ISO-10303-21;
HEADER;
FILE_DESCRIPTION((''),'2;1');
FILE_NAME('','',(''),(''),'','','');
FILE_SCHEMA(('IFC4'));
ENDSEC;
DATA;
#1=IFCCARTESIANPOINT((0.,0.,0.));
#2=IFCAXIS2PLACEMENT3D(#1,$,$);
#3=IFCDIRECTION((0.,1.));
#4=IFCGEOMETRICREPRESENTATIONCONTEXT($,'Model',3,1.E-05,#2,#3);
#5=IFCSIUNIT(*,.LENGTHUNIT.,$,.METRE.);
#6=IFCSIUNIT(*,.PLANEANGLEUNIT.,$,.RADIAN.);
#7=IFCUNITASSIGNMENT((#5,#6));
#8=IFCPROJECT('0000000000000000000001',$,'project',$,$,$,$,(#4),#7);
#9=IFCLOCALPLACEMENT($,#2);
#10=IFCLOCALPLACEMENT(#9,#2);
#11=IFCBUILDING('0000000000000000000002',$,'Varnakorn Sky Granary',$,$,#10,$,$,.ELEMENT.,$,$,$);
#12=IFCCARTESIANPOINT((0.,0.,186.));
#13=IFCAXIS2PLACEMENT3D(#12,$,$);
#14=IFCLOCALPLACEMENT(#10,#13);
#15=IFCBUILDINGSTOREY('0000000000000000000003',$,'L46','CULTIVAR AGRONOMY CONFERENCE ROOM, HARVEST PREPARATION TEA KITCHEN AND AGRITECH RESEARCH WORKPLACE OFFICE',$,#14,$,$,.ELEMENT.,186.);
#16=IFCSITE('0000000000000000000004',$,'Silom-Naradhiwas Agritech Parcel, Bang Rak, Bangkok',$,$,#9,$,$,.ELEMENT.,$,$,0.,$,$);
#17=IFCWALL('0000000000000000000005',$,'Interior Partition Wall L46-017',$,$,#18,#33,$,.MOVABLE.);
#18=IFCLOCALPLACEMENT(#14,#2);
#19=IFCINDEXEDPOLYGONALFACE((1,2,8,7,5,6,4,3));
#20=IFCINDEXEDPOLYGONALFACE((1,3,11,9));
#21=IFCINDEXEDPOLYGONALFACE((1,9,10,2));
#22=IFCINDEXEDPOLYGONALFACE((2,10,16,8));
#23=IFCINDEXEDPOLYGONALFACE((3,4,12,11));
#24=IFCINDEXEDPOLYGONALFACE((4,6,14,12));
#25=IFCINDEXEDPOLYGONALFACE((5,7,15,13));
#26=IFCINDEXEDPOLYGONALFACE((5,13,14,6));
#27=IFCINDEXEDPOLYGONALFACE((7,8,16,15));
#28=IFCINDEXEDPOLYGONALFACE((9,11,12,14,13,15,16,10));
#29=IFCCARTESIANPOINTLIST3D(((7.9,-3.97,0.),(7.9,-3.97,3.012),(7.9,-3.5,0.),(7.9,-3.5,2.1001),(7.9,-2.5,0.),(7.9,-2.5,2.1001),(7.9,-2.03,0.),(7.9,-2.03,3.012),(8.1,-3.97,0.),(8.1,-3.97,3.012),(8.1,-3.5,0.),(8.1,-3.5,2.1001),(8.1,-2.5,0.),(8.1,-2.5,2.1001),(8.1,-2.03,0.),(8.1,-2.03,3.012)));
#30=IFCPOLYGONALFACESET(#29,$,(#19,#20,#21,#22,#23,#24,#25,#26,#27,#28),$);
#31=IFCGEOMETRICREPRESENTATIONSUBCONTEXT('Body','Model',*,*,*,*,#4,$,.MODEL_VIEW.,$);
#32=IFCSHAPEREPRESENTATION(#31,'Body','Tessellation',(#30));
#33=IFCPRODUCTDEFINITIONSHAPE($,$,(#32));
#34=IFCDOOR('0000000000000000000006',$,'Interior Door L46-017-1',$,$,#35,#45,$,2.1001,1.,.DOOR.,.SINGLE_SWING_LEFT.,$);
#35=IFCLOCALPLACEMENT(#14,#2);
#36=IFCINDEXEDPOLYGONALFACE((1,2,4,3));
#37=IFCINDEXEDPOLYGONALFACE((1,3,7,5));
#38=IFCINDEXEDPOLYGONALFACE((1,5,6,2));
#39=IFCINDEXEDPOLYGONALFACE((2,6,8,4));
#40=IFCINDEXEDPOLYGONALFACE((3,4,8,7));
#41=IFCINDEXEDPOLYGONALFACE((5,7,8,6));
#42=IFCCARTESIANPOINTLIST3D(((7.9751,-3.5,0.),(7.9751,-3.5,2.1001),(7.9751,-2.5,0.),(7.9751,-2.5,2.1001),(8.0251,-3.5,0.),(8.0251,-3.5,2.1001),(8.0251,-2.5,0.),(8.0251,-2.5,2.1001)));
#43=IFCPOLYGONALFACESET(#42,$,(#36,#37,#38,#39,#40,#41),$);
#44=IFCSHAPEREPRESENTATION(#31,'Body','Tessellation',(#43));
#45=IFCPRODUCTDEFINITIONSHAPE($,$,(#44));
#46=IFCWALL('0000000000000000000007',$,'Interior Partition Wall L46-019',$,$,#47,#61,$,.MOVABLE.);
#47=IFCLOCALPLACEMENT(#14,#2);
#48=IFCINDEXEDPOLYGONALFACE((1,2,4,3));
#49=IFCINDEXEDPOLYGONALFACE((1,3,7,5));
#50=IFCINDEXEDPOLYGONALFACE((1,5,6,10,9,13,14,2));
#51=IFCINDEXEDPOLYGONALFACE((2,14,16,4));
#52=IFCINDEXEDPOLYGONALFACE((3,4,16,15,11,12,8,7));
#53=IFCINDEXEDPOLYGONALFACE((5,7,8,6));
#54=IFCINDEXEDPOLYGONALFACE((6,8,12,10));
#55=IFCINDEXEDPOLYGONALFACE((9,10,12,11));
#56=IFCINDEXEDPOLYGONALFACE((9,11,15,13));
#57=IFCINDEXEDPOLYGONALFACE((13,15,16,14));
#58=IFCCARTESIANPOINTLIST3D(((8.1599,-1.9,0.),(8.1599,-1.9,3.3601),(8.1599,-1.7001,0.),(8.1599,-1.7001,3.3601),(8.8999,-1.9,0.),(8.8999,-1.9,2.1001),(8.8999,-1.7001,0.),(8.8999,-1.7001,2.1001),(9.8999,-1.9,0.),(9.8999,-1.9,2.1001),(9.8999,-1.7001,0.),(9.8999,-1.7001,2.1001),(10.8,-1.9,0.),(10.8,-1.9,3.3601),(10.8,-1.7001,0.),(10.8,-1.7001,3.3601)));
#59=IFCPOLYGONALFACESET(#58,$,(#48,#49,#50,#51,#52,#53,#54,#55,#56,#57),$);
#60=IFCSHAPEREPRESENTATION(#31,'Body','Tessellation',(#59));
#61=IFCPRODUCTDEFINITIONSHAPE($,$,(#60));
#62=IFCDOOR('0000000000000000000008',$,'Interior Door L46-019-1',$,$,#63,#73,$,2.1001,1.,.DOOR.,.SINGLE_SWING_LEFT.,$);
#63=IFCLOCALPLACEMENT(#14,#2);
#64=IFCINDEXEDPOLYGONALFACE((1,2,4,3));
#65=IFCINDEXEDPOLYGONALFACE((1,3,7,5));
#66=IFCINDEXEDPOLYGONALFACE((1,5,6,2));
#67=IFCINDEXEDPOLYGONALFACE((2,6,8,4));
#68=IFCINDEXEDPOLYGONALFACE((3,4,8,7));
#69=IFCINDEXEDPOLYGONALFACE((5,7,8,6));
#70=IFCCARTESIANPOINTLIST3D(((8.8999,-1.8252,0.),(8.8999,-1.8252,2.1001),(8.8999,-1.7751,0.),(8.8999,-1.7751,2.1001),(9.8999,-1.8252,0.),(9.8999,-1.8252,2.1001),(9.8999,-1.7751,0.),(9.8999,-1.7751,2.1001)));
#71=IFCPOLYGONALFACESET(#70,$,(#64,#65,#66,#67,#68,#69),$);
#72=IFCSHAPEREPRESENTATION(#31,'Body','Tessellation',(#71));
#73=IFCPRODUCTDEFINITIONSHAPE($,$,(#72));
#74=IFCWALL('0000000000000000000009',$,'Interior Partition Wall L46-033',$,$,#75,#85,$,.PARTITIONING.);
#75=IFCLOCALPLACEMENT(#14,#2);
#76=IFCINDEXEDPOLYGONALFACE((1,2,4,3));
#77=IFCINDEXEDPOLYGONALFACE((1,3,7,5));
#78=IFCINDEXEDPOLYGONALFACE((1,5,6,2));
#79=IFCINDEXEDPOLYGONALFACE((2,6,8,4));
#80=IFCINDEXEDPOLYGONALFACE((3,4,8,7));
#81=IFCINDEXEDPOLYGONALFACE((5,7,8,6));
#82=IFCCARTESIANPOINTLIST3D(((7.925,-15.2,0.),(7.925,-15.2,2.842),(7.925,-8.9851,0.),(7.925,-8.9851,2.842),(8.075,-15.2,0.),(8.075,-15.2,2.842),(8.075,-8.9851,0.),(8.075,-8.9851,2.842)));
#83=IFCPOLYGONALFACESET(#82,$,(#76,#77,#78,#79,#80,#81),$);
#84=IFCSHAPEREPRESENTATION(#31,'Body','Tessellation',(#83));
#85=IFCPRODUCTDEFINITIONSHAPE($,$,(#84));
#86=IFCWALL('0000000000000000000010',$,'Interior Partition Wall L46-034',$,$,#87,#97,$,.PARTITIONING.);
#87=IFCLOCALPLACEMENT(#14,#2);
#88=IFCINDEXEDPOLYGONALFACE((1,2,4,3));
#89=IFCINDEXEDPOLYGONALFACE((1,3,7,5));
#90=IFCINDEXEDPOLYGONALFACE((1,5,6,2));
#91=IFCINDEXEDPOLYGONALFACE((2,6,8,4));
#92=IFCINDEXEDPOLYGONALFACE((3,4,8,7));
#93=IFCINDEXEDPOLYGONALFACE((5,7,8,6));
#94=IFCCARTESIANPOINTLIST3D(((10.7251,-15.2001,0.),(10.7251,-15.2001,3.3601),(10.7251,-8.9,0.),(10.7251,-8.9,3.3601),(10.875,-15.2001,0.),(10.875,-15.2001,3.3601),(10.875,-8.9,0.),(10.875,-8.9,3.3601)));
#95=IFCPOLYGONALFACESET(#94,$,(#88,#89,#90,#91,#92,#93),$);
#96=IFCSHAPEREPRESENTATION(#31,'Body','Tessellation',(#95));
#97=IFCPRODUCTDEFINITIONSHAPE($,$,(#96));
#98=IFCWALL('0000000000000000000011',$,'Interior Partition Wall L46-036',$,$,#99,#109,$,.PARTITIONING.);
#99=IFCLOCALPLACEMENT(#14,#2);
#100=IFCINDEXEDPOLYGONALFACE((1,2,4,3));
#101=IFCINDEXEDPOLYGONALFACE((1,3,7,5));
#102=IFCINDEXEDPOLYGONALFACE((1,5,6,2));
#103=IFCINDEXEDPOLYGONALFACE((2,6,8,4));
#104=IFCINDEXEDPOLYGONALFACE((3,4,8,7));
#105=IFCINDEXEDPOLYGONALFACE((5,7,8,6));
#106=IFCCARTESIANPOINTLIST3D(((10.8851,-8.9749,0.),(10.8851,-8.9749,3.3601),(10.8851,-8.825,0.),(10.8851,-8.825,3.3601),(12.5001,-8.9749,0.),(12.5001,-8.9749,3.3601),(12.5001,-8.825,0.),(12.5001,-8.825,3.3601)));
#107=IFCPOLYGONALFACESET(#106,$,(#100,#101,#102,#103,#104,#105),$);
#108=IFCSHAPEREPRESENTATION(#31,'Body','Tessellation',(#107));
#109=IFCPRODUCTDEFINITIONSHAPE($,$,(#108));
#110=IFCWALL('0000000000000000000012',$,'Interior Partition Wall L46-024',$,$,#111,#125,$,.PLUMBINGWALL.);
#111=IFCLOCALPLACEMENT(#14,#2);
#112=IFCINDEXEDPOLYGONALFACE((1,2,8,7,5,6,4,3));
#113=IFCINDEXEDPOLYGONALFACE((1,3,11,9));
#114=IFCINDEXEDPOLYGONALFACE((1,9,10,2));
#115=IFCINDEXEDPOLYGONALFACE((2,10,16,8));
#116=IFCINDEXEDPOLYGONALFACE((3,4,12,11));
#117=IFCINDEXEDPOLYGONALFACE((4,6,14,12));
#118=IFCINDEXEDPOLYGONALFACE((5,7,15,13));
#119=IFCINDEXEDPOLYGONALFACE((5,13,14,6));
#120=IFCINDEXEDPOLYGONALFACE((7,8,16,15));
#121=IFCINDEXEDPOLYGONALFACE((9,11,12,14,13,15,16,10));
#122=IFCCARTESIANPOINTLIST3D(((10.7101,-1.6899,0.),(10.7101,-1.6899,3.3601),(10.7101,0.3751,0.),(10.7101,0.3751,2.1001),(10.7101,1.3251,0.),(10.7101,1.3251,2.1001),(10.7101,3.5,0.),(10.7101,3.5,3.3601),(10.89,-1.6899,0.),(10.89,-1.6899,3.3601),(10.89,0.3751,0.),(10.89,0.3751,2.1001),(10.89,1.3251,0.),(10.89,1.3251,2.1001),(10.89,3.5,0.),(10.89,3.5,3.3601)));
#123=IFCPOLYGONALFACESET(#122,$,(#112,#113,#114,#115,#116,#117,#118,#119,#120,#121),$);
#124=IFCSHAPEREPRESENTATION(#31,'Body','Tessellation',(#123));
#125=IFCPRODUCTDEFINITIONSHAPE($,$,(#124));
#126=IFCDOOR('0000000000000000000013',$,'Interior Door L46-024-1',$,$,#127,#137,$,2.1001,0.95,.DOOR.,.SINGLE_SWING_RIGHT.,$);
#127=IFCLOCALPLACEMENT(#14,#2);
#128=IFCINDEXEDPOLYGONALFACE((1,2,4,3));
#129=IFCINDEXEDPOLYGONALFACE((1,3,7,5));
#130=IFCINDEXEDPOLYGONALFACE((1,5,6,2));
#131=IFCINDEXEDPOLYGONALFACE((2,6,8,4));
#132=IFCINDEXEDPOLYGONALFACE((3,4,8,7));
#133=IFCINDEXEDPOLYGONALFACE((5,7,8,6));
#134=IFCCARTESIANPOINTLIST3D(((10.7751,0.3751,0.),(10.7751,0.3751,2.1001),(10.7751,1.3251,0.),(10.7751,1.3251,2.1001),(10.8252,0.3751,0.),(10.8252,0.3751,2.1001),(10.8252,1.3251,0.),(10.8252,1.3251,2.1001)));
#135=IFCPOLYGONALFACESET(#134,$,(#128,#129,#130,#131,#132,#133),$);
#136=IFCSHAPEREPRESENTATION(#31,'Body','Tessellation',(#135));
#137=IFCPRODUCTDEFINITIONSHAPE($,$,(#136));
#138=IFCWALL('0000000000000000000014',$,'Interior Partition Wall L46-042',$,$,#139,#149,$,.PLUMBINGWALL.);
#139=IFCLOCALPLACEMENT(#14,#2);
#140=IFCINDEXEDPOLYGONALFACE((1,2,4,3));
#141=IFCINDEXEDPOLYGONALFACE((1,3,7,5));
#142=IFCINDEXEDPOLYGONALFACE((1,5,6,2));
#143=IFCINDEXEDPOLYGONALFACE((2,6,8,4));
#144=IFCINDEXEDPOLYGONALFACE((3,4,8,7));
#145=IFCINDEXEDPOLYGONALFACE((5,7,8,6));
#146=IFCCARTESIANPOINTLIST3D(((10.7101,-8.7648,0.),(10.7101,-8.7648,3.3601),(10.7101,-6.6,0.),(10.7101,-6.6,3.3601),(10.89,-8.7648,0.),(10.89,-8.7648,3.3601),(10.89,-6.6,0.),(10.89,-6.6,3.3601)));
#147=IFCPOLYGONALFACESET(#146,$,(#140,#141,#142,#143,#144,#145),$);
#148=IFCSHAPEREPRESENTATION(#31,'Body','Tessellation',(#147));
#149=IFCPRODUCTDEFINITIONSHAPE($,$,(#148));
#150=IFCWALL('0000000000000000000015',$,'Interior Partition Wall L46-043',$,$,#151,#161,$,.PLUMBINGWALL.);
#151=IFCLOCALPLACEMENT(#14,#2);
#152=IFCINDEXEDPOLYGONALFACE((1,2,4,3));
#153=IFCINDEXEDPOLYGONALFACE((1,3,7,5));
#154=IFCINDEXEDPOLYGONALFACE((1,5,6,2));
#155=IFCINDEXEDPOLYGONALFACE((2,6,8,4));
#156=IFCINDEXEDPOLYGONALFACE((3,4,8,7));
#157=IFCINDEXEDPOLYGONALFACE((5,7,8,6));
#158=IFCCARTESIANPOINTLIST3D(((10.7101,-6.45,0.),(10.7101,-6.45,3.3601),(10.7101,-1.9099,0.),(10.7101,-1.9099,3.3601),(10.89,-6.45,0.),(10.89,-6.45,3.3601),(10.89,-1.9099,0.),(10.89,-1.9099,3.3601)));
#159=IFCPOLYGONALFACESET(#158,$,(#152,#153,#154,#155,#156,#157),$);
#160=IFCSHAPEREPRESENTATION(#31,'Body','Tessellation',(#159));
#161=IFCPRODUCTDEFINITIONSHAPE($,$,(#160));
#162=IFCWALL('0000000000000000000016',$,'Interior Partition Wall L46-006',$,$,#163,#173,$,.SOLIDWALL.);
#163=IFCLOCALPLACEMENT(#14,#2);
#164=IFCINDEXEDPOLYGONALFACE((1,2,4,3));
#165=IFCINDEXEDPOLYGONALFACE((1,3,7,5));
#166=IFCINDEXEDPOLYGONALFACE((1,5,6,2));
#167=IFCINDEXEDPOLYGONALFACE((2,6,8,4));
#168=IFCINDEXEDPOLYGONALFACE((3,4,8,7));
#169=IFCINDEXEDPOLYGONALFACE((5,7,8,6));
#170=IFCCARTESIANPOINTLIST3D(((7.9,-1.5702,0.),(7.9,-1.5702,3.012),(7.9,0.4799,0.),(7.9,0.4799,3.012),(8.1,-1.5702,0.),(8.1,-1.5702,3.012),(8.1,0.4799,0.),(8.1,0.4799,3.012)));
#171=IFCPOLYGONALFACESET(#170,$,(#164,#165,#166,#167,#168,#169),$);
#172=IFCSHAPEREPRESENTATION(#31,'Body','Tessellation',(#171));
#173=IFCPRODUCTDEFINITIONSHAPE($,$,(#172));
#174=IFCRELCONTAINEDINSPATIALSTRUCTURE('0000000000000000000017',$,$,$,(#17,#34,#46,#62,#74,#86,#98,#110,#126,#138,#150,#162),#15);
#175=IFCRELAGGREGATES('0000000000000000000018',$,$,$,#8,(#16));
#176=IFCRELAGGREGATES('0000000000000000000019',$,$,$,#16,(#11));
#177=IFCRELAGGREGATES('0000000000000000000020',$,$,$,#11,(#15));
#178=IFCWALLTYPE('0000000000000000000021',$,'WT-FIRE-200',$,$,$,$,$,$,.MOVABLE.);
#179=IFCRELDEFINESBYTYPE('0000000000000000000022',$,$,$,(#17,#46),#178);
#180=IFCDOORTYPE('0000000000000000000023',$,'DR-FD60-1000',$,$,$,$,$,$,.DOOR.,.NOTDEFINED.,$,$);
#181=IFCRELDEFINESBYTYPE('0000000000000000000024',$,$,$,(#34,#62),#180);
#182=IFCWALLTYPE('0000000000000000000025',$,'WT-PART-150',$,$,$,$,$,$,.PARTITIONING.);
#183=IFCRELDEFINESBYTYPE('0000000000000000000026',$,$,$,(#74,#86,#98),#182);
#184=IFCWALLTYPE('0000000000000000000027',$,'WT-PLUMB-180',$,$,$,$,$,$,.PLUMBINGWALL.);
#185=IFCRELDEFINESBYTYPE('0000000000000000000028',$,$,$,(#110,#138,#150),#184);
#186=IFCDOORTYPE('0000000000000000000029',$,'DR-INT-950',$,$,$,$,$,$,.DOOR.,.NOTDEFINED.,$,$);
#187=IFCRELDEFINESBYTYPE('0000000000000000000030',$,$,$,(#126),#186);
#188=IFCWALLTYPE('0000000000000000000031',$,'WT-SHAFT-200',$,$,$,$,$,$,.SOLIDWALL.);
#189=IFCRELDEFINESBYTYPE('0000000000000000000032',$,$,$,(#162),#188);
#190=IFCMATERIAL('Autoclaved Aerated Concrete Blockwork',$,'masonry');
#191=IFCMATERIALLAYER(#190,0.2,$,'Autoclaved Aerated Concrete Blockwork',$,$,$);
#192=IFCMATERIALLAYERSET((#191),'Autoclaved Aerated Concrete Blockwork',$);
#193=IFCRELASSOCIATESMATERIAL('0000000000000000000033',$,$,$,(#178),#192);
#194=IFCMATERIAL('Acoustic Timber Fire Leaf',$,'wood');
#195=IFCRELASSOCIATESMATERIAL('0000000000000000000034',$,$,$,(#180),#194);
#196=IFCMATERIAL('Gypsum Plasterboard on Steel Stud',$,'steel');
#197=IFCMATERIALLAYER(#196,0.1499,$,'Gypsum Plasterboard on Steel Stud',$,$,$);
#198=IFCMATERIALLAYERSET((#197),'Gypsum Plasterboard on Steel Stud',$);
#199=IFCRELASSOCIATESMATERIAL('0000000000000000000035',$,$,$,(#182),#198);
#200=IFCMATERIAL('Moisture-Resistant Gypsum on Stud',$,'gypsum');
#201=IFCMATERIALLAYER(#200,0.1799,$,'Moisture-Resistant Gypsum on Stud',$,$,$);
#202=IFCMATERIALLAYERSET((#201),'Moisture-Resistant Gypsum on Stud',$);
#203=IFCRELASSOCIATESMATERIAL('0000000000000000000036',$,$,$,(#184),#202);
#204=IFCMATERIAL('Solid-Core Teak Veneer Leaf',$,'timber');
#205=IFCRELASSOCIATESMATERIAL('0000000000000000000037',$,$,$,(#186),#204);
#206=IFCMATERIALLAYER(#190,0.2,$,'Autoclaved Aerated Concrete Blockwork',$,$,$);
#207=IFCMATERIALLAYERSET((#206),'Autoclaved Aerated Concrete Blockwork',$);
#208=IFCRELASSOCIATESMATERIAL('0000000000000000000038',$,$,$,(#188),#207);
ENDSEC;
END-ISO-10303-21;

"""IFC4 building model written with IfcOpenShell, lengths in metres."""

from ifc_helpers import new_model, si_unit, direction, frame, frame_2d, origin, place, context, subcontext, project, spatial, rectangle, extrude, material, layer, layer_set, type_object, element, fill, save


model = new_model("IFC4")

# Units and contexts
model_context = context("Model", 3, precision=1e-05, world=origin(), true_north=direction((0.0, 1.0)))
body_context = subcontext(model_context, "Body", "Model", "MODEL_VIEW")
ifc_project = project(units=[si_unit("LENGTHUNIT", "METRE"), si_unit("PLANEANGLEUNIT", "RADIAN")], contexts=[model_context])

# Site, building, storey
site_placement = place(None, origin())
site = spatial("IfcSite", under=ifc_project, at=site_placement, Name="Silom-Naradhiwas Agritech Parcel, Bang Rak, Bangkok", CompositionType="ELEMENT", RefElevation=0.0)
building_placement = place(site_placement, origin())
building = spatial("IfcBuilding", under=site, at=building_placement, Name="Varnakorn Sky Granary", CompositionType="ELEMENT")
storey_placement = place(building_placement, frame((0.0, 0.0, 186.0)))
storey = spatial("IfcBuildingStorey", under=building, at=storey_placement, Name="L46", Description="CULTIVAR AGRONOMY CONFERENCE ROOM, HARVEST PREPARATION TEA KITCHEN AND AGRITECH RESEARCH WORKPLACE OFFICE", CompositionType="ELEMENT", Elevation=186.0)

# Walls, openings, doors
ifc_material_1 = material(Name="Autoclaved Aerated Concrete Blockwork", Category="masonry")
ifc_layer_1 = layer(ifc_material_1, 0.2, Name="Autoclaved Aerated Concrete Blockwork")
ifc_layer_set_1 = layer_set([ifc_layer_1], Name="Autoclaved Aerated Concrete Blockwork")
wall_type_1 = type_object("IfcWallType", Name="WT-FIRE-200", PredefinedType="MOVABLE", material=ifc_layer_set_1)
wall_1_placement = place(storey_placement, frame((8.0, -3.97, 0.0), z_axis=(0.0, 0.0, 1.0), x_axis=(0.0, 1.0, 0.0)))
wall_1 = element("IfcWall", 1, at=wall_1_placement, inside=storey, type_object=wall_type_1, Name="Interior Partition Wall L46-017", PredefinedType="MOVABLE", context=body_context, shape_type="SweptSolid", body=[
    extrude(rectangle(XDim=1.9399, YDim=0.2, at=frame_2d((0.97, 0.0))), origin(), (0.0, 0.0, 1.0), 3.012),
])
opening_1_placement = place(wall_1_placement, frame((0.47, 0.0, 0.0)))
opening_1 = element("IfcOpeningElement", 2, at=opening_1_placement, cuts=wall_1, PredefinedType="OPENING", context=body_context, shape_type="SweptSolid", body=[
    extrude(rectangle(XDim=1.0, YDim=2.1001, at=frame_2d((0.5, 1.05))), frame((0.0, 0.1099, 0.0), z_axis=(0.0, -1.0, 0.0), x_axis=(1.0, 0.0, 0.0)), (0.0, 0.0, 1.0), 0.22),
])
ifc_material_2 = material(Name="Acoustic Timber Fire Leaf", Category="wood")
door_type_1 = type_object("IfcDoorType", Name="DR-FD60-1000", OperationType="NOTDEFINED", PredefinedType="DOOR", material=ifc_material_2)
door_1_placement = place(opening_1_placement, origin())
door_1 = element("IfcDoor", 3, at=door_1_placement, inside=storey, type_object=door_type_1, Name="Interior Door L46-017-1", OperationType="SINGLE_SWING_LEFT", OverallHeight=2.1001, OverallWidth=1.0, PredefinedType="DOOR", context=body_context, shape_type="SweptSolid", body=[
    extrude(rectangle(XDim=1.0, YDim=2.1001, at=frame_2d((0.5, 1.05))), frame((0.0, 0.0249, 0.0), z_axis=(0.0, -1.0, 0.0), x_axis=(1.0, 0.0, 0.0)), (0.0, 0.0, 1.0), 0.05),
])
fill(opening_1, door_1)
wall_2_placement = place(storey_placement, frame((8.1599, -1.8, 0.0), z_axis=(0.0, 0.0, 1.0), x_axis=(1.0, 0.0, 0.0)))
wall_2 = element("IfcWall", 4, at=wall_2_placement, inside=storey, type_object=wall_type_1, Name="Interior Partition Wall L46-019", PredefinedType="MOVABLE", context=body_context, shape_type="SweptSolid", body=[
    extrude(rectangle(XDim=2.6401, YDim=0.2, at=frame_2d((1.3201, 0.0))), origin(), (0.0, 0.0, 1.0), 3.3601),
])
opening_2_placement = place(wall_2_placement, frame((0.74, 0.0, 0.0)))
opening_2 = element("IfcOpeningElement", 5, at=opening_2_placement, cuts=wall_2, PredefinedType="OPENING", context=body_context, shape_type="SweptSolid", body=[
    extrude(rectangle(XDim=1.0, YDim=2.1001, at=frame_2d((0.5, 1.05))), frame((0.0, 0.1099, 0.0), z_axis=(0.0, -1.0, 0.0), x_axis=(1.0, 0.0, 0.0)), (0.0, 0.0, 1.0), 0.22),
])
door_2_placement = place(opening_2_placement, origin())
door_2 = element("IfcDoor", 6, at=door_2_placement, inside=storey, type_object=door_type_1, Name="Interior Door L46-019-1", OperationType="SINGLE_SWING_LEFT", OverallHeight=2.1001, OverallWidth=1.0, PredefinedType="DOOR", context=body_context, shape_type="SweptSolid", body=[
    extrude(rectangle(XDim=1.0, YDim=2.1001, at=frame_2d((0.5, 1.05))), frame((0.0, 0.0249, 0.0), z_axis=(0.0, -1.0, 0.0), x_axis=(1.0, 0.0, 0.0)), (0.0, 0.0, 1.0), 0.05),
])
fill(opening_2, door_2)

# Walls
ifc_material_3 = material(Name="Gypsum Plasterboard on Steel Stud", Category="steel")
ifc_layer_2 = layer(ifc_material_3, 0.1499, Name="Gypsum Plasterboard on Steel Stud")
ifc_layer_set_2 = layer_set([ifc_layer_2], Name="Gypsum Plasterboard on Steel Stud")
wall_type_2 = type_object("IfcWallType", Name="WT-PART-150", PredefinedType="PARTITIONING", material=ifc_layer_set_2)
wall_3_placement = place(storey_placement, frame((8.0, -8.9851, 0.0), z_axis=(0.0, 0.0, 1.0), x_axis=(0.0, -1.0, 0.0)))
element("IfcWall", 7, at=wall_3_placement, inside=storey, type_object=wall_type_2, Name="Interior Partition Wall L46-033", PredefinedType="PARTITIONING", context=body_context, shape_type="SweptSolid", body=[
    extrude(rectangle(XDim=6.2148, YDim=0.1499, at=frame_2d((3.1074, 0.0))), origin(), (0.0, 0.0, 1.0), 2.842),
])
wall_4_placement = place(storey_placement, frame((10.8, -15.2, 0.0), z_axis=(0.0, 0.0, 1.0), x_axis=(0.0, 1.0, 0.0)))
element("IfcWall", 8, at=wall_4_placement, inside=storey, type_object=wall_type_2, Name="Interior Partition Wall L46-034", PredefinedType="PARTITIONING", context=body_context, shape_type="SweptSolid", body=[
    extrude(rectangle(XDim=6.3, YDim=0.1499, at=frame_2d((3.1499, 0.0))), origin(), (0.0, 0.0, 1.0), 3.3601),
])
wall_5_placement = place(storey_placement, frame((10.885, -8.8999, 0.0), z_axis=(0.0, 0.0, 1.0), x_axis=(1.0, 0.0, 0.0)))
element("IfcWall", 9, at=wall_5_placement, inside=storey, type_object=wall_type_2, Name="Interior Partition Wall L46-036", PredefinedType="PARTITIONING", context=body_context, shape_type="SweptSolid", body=[
    extrude(rectangle(XDim=1.615, YDim=0.1499, at=frame_2d((0.8076, 0.0))), origin(), (0.0, 0.0, 1.0), 3.3601),
])

# Wall, opening, door
ifc_material_4 = material(Name="Moisture-Resistant Gypsum on Stud", Category="gypsum")
ifc_layer_3 = layer(ifc_material_4, 0.1799, Name="Moisture-Resistant Gypsum on Stud")
ifc_layer_set_3 = layer_set([ifc_layer_3], Name="Moisture-Resistant Gypsum on Stud")
wall_type_3 = type_object("IfcWallType", Name="WT-PLUMB-180", PredefinedType="PLUMBINGWALL", material=ifc_layer_set_3)
wall_6_placement = place(storey_placement, frame((10.8, -1.6899, 0.0), z_axis=(0.0, 0.0, 1.0), x_axis=(0.0, 1.0, 0.0)))
wall_6 = element("IfcWall", 10, at=wall_6_placement, inside=storey, type_object=wall_type_3, Name="Interior Partition Wall L46-024", PredefinedType="PLUMBINGWALL", context=body_context, shape_type="SweptSolid", body=[
    extrude(rectangle(XDim=5.1899, YDim=0.1799, at=frame_2d((2.595, 0.0))), origin(), (0.0, 0.0, 1.0), 3.3601),
])
opening_3_placement = place(wall_6_placement, frame((2.0649, 0.0, 0.0)))
opening_3 = element("IfcOpeningElement", 11, at=opening_3_placement, cuts=wall_6, PredefinedType="OPENING", context=body_context, shape_type="SweptSolid", body=[
    extrude(rectangle(XDim=0.95, YDim=2.1001, at=frame_2d((0.4751, 1.05))), frame((0.0, 0.1001, 0.0), z_axis=(0.0, -1.0, 0.0), x_axis=(1.0, 0.0, 0.0)), (0.0, 0.0, 1.0), 0.2),
])
ifc_material_5 = material(Name="Solid-Core Teak Veneer Leaf", Category="timber")
door_type_2 = type_object("IfcDoorType", Name="DR-INT-950", OperationType="NOTDEFINED", PredefinedType="DOOR", material=ifc_material_5)
door_3_placement = place(opening_3_placement, origin())
door_3 = element("IfcDoor", 12, at=door_3_placement, inside=storey, type_object=door_type_2, Name="Interior Door L46-024-1", OperationType="SINGLE_SWING_RIGHT", OverallHeight=2.1001, OverallWidth=0.95, PredefinedType="DOOR", context=body_context, shape_type="SweptSolid", body=[
    extrude(rectangle(XDim=0.95, YDim=2.1001, at=frame_2d((0.4751, 1.05))), frame((0.0, 0.0249, 0.0), z_axis=(0.0, -1.0, 0.0), x_axis=(1.0, 0.0, 0.0)), (0.0, 0.0, 1.0), 0.05),
])
fill(opening_3, door_3)

# Walls
wall_7_placement = place(storey_placement, frame((10.8, -8.7649, 0.0), z_axis=(0.0, 0.0, 1.0), x_axis=(0.0, 1.0, 0.0)))
element("IfcWall", 13, at=wall_7_placement, inside=storey, type_object=wall_type_3, Name="Interior Partition Wall L46-042", PredefinedType="PLUMBINGWALL", context=body_context, shape_type="SweptSolid", body=[
    extrude(rectangle(XDim=2.1648, YDim=0.1799, at=frame_2d((1.0825, 0.0))), origin(), (0.0, 0.0, 1.0), 3.3601),
])
wall_8_placement = place(storey_placement, frame((10.8, -6.45, 0.0), z_axis=(0.0, 0.0, 1.0), x_axis=(0.0, 1.0, 0.0)))
element("IfcWall", 14, at=wall_8_placement, inside=storey, type_object=wall_type_3, Name="Interior Partition Wall L46-043", PredefinedType="PLUMBINGWALL", context=body_context, shape_type="SweptSolid", body=[
    extrude(rectangle(XDim=4.54, YDim=0.1799, at=frame_2d((2.27, 0.0))), origin(), (0.0, 0.0, 1.0), 3.3601),
])
ifc_layer_4 = layer(ifc_material_1, 0.2, Name="Autoclaved Aerated Concrete Blockwork")
ifc_layer_set_4 = layer_set([ifc_layer_4], Name="Autoclaved Aerated Concrete Blockwork")
wall_type_4 = type_object("IfcWallType", Name="WT-SHAFT-200", PredefinedType="SOLIDWALL", material=ifc_layer_set_4)
wall_9_placement = place(storey_placement, frame((8.0, -1.5701, 0.0), z_axis=(0.0, 0.0, 1.0), x_axis=(0.0, 1.0, 0.0)))
element("IfcWall", 15, at=wall_9_placement, inside=storey, type_object=wall_type_4, Name="Interior Partition Wall L46-006", PredefinedType="SOLIDWALL", context=body_context, shape_type="SweptSolid", body=[
    extrude(rectangle(XDim=2.05, YDim=0.2, at=frame_2d((1.0249, 0.0))), origin(), (0.0, 0.0, 1.0), 3.012),
])

save(model, "model.ifc")
